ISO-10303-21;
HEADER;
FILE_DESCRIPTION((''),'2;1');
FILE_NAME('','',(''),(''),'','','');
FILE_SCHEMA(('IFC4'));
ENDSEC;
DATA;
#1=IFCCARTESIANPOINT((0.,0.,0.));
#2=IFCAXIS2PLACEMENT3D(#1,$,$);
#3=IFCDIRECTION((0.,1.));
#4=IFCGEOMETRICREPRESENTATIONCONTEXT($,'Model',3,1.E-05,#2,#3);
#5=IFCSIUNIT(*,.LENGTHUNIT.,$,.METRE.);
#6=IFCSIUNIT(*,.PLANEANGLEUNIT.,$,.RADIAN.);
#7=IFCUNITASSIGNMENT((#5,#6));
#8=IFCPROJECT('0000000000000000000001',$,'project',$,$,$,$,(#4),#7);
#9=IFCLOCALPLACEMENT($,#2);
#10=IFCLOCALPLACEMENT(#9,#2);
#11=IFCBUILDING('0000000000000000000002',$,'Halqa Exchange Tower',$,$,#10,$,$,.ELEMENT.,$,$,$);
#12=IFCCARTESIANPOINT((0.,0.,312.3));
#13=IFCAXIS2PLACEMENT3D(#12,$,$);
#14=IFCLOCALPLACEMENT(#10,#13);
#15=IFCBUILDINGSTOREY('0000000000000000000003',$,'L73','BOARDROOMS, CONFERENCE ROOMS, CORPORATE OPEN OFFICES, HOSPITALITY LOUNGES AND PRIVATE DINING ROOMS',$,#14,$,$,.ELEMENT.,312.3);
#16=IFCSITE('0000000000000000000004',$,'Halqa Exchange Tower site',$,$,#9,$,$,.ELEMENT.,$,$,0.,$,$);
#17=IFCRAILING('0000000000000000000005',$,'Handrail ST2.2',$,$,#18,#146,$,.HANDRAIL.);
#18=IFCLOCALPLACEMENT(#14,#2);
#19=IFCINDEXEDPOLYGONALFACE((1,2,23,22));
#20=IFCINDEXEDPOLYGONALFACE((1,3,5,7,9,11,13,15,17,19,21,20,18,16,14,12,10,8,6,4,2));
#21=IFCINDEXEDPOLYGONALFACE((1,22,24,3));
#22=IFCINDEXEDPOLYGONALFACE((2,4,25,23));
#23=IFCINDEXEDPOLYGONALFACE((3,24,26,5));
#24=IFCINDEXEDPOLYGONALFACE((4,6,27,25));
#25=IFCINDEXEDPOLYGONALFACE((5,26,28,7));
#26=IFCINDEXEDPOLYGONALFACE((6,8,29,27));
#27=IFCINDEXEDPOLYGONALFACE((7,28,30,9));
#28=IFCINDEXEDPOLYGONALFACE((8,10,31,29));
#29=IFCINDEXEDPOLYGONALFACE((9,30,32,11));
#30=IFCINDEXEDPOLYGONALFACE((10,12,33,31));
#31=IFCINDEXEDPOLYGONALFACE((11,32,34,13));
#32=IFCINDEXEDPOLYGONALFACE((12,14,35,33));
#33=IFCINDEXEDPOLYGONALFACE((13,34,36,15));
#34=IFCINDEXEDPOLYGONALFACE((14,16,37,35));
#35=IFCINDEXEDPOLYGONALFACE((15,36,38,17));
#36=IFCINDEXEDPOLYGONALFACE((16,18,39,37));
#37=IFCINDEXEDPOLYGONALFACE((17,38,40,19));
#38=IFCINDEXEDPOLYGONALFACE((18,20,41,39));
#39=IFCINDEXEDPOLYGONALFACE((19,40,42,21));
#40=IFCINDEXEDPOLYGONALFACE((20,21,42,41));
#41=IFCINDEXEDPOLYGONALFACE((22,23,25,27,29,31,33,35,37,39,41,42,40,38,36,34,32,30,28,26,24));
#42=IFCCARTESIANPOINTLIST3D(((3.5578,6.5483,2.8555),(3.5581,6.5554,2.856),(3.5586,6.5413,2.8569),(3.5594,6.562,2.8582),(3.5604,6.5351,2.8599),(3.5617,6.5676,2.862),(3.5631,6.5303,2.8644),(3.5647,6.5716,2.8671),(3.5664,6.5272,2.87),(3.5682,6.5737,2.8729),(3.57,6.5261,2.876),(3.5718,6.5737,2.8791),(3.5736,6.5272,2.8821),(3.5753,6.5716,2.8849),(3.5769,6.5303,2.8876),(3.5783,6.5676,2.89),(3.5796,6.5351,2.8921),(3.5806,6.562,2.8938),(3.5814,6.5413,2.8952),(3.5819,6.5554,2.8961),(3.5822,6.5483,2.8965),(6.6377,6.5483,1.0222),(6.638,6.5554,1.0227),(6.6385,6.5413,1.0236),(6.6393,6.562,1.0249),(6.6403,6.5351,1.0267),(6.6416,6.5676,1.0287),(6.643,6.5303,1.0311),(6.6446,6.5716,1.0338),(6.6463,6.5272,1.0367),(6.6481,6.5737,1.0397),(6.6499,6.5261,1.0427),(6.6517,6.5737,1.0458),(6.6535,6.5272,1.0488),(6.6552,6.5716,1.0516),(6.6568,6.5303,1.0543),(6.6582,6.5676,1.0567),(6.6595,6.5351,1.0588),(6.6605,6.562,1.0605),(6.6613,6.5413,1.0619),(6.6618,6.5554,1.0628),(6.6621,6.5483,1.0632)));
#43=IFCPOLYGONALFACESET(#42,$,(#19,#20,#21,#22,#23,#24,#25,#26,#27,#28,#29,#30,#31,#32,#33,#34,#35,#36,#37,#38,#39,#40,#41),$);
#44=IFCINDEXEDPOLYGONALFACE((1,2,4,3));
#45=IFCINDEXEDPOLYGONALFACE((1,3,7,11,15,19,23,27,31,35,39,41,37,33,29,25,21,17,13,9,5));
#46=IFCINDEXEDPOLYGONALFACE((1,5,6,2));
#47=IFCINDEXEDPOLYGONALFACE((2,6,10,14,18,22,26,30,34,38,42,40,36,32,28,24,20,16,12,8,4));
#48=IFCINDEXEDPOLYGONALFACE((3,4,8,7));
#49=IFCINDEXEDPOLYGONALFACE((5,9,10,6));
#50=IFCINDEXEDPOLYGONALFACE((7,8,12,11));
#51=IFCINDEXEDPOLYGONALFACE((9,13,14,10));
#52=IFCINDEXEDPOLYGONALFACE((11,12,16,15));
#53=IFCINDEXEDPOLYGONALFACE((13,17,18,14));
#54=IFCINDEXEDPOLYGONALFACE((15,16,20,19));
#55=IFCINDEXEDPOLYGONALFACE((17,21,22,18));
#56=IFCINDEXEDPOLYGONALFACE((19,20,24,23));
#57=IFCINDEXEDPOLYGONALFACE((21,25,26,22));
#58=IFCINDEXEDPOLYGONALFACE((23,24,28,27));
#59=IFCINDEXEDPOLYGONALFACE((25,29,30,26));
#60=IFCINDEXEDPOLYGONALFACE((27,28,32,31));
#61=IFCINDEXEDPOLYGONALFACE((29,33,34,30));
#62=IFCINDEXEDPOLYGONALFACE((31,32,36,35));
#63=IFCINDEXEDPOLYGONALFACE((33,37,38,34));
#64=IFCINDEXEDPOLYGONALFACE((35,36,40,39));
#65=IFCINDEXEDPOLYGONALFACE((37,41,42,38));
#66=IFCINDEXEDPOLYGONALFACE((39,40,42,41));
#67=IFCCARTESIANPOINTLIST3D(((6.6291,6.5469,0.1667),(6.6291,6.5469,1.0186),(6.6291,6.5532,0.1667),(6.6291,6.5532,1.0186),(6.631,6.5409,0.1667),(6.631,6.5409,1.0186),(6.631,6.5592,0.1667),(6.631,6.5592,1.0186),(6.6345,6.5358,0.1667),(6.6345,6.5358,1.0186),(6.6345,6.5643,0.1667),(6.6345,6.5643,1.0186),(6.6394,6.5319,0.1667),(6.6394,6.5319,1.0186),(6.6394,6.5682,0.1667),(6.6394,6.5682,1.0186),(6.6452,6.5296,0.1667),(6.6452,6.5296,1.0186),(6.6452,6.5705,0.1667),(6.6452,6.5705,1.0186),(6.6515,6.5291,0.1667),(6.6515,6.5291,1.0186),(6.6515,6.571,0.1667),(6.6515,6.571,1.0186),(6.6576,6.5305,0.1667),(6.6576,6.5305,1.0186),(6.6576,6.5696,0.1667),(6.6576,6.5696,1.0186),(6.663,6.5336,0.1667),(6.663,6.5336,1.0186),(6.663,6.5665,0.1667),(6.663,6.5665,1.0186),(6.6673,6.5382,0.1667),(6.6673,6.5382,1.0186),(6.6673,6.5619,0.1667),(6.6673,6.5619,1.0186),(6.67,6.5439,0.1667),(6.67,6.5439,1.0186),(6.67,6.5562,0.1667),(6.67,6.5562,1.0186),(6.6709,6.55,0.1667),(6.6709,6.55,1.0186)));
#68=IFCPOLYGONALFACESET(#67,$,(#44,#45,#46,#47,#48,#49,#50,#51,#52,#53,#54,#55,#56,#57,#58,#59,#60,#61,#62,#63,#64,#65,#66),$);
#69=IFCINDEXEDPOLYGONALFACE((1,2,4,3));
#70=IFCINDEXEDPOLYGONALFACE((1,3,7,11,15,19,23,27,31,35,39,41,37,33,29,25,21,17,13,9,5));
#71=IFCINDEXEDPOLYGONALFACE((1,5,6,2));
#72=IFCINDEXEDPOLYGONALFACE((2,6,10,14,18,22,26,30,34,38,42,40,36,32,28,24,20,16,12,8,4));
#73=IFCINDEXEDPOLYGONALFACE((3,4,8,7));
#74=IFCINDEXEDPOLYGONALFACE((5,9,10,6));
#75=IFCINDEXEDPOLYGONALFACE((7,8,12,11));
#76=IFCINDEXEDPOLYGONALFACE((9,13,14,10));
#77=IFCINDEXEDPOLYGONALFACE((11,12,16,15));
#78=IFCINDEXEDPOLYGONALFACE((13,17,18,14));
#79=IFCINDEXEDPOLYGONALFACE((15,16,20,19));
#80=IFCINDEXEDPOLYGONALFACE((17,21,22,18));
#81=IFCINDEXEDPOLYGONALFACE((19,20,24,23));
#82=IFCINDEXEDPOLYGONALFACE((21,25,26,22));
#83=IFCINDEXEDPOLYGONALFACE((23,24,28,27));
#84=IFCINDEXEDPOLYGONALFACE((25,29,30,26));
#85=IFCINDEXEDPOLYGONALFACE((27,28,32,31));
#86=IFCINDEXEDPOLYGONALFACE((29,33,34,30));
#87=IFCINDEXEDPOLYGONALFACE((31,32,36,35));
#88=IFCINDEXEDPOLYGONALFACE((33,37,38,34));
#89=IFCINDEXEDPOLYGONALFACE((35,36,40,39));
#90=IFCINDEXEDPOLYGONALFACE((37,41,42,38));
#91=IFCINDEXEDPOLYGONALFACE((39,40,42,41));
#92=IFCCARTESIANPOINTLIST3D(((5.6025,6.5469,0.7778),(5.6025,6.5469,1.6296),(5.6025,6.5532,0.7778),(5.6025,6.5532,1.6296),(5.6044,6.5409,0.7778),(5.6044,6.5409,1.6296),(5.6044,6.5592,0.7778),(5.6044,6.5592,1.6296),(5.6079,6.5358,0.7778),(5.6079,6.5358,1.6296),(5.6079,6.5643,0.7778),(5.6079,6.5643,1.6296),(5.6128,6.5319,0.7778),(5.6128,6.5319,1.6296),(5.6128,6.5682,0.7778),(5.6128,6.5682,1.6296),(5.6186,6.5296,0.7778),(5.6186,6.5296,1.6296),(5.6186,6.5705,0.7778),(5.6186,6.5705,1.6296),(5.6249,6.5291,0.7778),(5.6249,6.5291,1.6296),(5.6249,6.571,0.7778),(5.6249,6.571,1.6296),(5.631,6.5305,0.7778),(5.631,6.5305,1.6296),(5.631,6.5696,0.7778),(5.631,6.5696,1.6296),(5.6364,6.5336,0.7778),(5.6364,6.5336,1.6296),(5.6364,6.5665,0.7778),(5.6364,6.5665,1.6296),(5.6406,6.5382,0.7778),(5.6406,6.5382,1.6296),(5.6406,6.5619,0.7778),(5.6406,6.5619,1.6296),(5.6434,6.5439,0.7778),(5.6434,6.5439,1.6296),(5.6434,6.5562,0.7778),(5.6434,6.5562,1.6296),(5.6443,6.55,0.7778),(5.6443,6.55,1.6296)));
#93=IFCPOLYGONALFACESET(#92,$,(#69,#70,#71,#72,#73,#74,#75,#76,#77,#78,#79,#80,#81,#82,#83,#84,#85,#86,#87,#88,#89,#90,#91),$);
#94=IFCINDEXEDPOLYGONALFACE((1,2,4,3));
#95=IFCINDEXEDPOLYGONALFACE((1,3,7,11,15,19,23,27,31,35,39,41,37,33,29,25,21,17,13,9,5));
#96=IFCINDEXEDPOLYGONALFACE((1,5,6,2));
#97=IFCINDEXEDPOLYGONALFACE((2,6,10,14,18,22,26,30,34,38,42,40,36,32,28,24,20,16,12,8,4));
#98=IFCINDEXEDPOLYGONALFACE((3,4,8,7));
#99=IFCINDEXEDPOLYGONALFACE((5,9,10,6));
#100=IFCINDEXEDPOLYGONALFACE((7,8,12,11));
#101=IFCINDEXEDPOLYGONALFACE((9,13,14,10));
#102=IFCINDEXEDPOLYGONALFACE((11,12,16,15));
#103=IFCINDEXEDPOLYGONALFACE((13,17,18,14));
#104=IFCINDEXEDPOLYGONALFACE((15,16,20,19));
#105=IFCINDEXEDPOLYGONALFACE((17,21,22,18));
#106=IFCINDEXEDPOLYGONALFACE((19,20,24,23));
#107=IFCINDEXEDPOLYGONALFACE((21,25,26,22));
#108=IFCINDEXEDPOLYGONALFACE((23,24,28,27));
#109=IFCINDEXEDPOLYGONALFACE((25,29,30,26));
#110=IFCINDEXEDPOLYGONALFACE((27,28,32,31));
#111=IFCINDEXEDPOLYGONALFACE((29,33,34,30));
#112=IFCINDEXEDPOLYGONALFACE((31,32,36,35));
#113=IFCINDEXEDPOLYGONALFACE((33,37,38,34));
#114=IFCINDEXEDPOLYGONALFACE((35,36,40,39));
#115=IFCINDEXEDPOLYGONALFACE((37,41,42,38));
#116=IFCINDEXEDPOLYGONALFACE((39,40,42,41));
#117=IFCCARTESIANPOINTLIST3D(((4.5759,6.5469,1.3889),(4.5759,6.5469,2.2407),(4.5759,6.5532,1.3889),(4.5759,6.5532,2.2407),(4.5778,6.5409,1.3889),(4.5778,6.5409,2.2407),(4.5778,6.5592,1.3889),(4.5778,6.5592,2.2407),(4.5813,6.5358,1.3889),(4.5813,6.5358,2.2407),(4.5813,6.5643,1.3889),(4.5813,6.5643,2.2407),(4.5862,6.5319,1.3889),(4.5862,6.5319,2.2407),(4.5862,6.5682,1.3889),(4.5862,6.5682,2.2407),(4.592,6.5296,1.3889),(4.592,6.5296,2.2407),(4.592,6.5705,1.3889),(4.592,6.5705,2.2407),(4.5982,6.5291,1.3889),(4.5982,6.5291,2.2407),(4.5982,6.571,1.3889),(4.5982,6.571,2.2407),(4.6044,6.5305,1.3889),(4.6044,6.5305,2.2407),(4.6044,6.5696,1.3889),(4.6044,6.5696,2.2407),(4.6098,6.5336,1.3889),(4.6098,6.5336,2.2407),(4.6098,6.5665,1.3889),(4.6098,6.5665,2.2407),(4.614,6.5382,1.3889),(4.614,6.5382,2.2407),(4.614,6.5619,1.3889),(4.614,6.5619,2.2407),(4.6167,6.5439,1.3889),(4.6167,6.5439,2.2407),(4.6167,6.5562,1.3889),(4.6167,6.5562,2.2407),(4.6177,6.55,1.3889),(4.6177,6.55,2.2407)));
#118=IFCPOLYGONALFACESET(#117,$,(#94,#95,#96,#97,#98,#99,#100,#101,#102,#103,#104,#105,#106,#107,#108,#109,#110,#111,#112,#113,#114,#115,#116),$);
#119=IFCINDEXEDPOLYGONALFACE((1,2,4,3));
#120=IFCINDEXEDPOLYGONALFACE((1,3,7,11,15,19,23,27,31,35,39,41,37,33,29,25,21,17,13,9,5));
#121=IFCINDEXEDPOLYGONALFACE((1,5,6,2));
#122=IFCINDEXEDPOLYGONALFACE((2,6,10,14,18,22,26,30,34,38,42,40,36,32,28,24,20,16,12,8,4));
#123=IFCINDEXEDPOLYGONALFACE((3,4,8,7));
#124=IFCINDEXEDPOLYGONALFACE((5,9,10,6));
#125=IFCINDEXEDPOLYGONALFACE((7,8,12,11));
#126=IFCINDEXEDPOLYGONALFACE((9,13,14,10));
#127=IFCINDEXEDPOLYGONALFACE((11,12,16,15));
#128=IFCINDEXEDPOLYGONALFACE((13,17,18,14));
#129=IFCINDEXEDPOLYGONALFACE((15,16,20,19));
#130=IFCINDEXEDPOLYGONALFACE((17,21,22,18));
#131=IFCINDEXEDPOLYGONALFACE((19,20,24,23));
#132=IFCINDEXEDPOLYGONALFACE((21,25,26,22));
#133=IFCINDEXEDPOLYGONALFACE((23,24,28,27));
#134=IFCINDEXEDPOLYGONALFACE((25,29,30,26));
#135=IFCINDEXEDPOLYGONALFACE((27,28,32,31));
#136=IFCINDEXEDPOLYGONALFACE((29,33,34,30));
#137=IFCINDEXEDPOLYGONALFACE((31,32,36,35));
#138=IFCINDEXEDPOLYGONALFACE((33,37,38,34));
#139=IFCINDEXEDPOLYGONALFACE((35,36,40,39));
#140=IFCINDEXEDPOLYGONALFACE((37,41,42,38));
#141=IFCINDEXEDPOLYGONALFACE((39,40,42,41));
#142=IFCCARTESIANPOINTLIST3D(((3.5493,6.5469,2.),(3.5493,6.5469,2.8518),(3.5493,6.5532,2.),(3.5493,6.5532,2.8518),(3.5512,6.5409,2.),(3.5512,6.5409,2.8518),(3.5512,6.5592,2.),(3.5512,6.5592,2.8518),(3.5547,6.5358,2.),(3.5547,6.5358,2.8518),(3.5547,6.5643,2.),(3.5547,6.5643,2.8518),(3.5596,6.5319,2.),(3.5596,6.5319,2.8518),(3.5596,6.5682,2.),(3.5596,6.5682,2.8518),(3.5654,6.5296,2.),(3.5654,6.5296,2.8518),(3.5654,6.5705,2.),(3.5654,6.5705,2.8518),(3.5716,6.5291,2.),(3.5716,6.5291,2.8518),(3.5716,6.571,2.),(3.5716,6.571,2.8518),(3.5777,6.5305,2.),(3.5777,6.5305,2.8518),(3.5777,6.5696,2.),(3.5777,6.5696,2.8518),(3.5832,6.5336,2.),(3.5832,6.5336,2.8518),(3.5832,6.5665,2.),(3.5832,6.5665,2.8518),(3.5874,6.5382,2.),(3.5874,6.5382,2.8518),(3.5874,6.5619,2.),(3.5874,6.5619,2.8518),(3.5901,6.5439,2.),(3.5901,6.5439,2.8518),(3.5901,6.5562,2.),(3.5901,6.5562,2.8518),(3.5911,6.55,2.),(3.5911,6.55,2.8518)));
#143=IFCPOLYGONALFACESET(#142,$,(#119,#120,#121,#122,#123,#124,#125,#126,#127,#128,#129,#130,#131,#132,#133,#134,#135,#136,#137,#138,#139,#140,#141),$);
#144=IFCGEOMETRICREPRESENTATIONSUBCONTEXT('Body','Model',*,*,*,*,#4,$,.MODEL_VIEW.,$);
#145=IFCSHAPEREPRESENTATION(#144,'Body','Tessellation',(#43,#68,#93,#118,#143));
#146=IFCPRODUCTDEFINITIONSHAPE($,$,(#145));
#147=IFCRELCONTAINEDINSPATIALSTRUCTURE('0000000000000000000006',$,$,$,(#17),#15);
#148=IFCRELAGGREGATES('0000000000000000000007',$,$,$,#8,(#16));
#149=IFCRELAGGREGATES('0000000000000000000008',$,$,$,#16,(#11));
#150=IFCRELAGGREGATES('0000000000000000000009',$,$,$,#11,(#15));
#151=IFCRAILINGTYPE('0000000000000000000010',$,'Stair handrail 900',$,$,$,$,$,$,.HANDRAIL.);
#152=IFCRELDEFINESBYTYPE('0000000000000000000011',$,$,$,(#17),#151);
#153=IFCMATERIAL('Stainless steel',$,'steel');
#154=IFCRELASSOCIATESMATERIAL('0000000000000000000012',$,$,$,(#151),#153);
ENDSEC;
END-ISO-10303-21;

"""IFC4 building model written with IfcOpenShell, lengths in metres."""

from ifc_helpers import new_model, si_unit, direction, frame, origin, origin_2d, place, context, subcontext, project, spatial, circle, extrude, material, type_object, element, save


model = new_model("IFC4")

# Units and contexts
model_context = context("Model", 3, precision=1e-05, world=origin(), true_north=direction((0.0, 1.0)))
body_context = subcontext(model_context, "Body", "Model", "MODEL_VIEW")
ifc_project = project(units=[si_unit("LENGTHUNIT", "METRE"), si_unit("PLANEANGLEUNIT", "RADIAN")], contexts=[model_context])

# Site, building, storey
site_placement = place(None, origin())
site = spatial("IfcSite", under=ifc_project, at=site_placement, Name="Halqa Exchange Tower site", CompositionType="ELEMENT", RefElevation=0.0)
building_placement = place(site_placement, origin())
building = spatial("IfcBuilding", under=site, at=building_placement, Name="Halqa Exchange Tower", CompositionType="ELEMENT")
storey_placement = place(building_placement, frame((0.0, 0.0, 312.3)))
storey = spatial("IfcBuildingStorey", under=building, at=storey_placement, Name="L73", Description="BOARDROOMS, CONFERENCE ROOMS, CORPORATE OPEN OFFICES, HOSPITALITY LOUNGES AND PRIVATE DINING ROOMS", CompositionType="ELEMENT", Elevation=312.3)

# Railing
ifc_material_1 = material(Name="Stainless steel", Category="steel")
railing_type_1 = type_object("IfcRailingType", Name="Stair handrail 900", PredefinedType="HANDRAIL", material=ifc_material_1)
railing_1_placement = place(storey_placement, frame((6.6499, 6.55, 0.1667)))
element("IfcRailing", 1, at=railing_1_placement, inside=storey, type_object=railing_type_1, Name="Handrail ST2.2", PredefinedType="HANDRAIL", context=body_context, shape_type="SweptSolid", body=[
    extrude(circle(Radius=0.0239, at=origin_2d()), frame((0.0, 0.0, 0.876), z_axis=(-0.859291, 0.0, 0.511487), x_axis=(0.0, -1.0, 0.0)), (0.0, 0.0, 1.0), 3.5842),
    extrude(circle(Radius=0.021, at=origin_2d()), origin(), (0.0, 0.0, 1.0), 0.8518),
    extrude(circle(Radius=0.021, at=origin_2d()), frame((-1.0266, 0.0, 0.6111)), (0.0, 0.0, 1.0), 0.8518),
    extrude(circle(Radius=0.021, at=origin_2d()), frame((-2.0532, 0.0, 1.2222)), (0.0, 0.0, 1.0), 0.8518),
    extrude(circle(Radius=0.021, at=origin_2d()), frame((-3.0798, 0.0, 1.8333)), (0.0, 0.0, 1.0), 0.8518),
])

save(model, "model.ifc")
